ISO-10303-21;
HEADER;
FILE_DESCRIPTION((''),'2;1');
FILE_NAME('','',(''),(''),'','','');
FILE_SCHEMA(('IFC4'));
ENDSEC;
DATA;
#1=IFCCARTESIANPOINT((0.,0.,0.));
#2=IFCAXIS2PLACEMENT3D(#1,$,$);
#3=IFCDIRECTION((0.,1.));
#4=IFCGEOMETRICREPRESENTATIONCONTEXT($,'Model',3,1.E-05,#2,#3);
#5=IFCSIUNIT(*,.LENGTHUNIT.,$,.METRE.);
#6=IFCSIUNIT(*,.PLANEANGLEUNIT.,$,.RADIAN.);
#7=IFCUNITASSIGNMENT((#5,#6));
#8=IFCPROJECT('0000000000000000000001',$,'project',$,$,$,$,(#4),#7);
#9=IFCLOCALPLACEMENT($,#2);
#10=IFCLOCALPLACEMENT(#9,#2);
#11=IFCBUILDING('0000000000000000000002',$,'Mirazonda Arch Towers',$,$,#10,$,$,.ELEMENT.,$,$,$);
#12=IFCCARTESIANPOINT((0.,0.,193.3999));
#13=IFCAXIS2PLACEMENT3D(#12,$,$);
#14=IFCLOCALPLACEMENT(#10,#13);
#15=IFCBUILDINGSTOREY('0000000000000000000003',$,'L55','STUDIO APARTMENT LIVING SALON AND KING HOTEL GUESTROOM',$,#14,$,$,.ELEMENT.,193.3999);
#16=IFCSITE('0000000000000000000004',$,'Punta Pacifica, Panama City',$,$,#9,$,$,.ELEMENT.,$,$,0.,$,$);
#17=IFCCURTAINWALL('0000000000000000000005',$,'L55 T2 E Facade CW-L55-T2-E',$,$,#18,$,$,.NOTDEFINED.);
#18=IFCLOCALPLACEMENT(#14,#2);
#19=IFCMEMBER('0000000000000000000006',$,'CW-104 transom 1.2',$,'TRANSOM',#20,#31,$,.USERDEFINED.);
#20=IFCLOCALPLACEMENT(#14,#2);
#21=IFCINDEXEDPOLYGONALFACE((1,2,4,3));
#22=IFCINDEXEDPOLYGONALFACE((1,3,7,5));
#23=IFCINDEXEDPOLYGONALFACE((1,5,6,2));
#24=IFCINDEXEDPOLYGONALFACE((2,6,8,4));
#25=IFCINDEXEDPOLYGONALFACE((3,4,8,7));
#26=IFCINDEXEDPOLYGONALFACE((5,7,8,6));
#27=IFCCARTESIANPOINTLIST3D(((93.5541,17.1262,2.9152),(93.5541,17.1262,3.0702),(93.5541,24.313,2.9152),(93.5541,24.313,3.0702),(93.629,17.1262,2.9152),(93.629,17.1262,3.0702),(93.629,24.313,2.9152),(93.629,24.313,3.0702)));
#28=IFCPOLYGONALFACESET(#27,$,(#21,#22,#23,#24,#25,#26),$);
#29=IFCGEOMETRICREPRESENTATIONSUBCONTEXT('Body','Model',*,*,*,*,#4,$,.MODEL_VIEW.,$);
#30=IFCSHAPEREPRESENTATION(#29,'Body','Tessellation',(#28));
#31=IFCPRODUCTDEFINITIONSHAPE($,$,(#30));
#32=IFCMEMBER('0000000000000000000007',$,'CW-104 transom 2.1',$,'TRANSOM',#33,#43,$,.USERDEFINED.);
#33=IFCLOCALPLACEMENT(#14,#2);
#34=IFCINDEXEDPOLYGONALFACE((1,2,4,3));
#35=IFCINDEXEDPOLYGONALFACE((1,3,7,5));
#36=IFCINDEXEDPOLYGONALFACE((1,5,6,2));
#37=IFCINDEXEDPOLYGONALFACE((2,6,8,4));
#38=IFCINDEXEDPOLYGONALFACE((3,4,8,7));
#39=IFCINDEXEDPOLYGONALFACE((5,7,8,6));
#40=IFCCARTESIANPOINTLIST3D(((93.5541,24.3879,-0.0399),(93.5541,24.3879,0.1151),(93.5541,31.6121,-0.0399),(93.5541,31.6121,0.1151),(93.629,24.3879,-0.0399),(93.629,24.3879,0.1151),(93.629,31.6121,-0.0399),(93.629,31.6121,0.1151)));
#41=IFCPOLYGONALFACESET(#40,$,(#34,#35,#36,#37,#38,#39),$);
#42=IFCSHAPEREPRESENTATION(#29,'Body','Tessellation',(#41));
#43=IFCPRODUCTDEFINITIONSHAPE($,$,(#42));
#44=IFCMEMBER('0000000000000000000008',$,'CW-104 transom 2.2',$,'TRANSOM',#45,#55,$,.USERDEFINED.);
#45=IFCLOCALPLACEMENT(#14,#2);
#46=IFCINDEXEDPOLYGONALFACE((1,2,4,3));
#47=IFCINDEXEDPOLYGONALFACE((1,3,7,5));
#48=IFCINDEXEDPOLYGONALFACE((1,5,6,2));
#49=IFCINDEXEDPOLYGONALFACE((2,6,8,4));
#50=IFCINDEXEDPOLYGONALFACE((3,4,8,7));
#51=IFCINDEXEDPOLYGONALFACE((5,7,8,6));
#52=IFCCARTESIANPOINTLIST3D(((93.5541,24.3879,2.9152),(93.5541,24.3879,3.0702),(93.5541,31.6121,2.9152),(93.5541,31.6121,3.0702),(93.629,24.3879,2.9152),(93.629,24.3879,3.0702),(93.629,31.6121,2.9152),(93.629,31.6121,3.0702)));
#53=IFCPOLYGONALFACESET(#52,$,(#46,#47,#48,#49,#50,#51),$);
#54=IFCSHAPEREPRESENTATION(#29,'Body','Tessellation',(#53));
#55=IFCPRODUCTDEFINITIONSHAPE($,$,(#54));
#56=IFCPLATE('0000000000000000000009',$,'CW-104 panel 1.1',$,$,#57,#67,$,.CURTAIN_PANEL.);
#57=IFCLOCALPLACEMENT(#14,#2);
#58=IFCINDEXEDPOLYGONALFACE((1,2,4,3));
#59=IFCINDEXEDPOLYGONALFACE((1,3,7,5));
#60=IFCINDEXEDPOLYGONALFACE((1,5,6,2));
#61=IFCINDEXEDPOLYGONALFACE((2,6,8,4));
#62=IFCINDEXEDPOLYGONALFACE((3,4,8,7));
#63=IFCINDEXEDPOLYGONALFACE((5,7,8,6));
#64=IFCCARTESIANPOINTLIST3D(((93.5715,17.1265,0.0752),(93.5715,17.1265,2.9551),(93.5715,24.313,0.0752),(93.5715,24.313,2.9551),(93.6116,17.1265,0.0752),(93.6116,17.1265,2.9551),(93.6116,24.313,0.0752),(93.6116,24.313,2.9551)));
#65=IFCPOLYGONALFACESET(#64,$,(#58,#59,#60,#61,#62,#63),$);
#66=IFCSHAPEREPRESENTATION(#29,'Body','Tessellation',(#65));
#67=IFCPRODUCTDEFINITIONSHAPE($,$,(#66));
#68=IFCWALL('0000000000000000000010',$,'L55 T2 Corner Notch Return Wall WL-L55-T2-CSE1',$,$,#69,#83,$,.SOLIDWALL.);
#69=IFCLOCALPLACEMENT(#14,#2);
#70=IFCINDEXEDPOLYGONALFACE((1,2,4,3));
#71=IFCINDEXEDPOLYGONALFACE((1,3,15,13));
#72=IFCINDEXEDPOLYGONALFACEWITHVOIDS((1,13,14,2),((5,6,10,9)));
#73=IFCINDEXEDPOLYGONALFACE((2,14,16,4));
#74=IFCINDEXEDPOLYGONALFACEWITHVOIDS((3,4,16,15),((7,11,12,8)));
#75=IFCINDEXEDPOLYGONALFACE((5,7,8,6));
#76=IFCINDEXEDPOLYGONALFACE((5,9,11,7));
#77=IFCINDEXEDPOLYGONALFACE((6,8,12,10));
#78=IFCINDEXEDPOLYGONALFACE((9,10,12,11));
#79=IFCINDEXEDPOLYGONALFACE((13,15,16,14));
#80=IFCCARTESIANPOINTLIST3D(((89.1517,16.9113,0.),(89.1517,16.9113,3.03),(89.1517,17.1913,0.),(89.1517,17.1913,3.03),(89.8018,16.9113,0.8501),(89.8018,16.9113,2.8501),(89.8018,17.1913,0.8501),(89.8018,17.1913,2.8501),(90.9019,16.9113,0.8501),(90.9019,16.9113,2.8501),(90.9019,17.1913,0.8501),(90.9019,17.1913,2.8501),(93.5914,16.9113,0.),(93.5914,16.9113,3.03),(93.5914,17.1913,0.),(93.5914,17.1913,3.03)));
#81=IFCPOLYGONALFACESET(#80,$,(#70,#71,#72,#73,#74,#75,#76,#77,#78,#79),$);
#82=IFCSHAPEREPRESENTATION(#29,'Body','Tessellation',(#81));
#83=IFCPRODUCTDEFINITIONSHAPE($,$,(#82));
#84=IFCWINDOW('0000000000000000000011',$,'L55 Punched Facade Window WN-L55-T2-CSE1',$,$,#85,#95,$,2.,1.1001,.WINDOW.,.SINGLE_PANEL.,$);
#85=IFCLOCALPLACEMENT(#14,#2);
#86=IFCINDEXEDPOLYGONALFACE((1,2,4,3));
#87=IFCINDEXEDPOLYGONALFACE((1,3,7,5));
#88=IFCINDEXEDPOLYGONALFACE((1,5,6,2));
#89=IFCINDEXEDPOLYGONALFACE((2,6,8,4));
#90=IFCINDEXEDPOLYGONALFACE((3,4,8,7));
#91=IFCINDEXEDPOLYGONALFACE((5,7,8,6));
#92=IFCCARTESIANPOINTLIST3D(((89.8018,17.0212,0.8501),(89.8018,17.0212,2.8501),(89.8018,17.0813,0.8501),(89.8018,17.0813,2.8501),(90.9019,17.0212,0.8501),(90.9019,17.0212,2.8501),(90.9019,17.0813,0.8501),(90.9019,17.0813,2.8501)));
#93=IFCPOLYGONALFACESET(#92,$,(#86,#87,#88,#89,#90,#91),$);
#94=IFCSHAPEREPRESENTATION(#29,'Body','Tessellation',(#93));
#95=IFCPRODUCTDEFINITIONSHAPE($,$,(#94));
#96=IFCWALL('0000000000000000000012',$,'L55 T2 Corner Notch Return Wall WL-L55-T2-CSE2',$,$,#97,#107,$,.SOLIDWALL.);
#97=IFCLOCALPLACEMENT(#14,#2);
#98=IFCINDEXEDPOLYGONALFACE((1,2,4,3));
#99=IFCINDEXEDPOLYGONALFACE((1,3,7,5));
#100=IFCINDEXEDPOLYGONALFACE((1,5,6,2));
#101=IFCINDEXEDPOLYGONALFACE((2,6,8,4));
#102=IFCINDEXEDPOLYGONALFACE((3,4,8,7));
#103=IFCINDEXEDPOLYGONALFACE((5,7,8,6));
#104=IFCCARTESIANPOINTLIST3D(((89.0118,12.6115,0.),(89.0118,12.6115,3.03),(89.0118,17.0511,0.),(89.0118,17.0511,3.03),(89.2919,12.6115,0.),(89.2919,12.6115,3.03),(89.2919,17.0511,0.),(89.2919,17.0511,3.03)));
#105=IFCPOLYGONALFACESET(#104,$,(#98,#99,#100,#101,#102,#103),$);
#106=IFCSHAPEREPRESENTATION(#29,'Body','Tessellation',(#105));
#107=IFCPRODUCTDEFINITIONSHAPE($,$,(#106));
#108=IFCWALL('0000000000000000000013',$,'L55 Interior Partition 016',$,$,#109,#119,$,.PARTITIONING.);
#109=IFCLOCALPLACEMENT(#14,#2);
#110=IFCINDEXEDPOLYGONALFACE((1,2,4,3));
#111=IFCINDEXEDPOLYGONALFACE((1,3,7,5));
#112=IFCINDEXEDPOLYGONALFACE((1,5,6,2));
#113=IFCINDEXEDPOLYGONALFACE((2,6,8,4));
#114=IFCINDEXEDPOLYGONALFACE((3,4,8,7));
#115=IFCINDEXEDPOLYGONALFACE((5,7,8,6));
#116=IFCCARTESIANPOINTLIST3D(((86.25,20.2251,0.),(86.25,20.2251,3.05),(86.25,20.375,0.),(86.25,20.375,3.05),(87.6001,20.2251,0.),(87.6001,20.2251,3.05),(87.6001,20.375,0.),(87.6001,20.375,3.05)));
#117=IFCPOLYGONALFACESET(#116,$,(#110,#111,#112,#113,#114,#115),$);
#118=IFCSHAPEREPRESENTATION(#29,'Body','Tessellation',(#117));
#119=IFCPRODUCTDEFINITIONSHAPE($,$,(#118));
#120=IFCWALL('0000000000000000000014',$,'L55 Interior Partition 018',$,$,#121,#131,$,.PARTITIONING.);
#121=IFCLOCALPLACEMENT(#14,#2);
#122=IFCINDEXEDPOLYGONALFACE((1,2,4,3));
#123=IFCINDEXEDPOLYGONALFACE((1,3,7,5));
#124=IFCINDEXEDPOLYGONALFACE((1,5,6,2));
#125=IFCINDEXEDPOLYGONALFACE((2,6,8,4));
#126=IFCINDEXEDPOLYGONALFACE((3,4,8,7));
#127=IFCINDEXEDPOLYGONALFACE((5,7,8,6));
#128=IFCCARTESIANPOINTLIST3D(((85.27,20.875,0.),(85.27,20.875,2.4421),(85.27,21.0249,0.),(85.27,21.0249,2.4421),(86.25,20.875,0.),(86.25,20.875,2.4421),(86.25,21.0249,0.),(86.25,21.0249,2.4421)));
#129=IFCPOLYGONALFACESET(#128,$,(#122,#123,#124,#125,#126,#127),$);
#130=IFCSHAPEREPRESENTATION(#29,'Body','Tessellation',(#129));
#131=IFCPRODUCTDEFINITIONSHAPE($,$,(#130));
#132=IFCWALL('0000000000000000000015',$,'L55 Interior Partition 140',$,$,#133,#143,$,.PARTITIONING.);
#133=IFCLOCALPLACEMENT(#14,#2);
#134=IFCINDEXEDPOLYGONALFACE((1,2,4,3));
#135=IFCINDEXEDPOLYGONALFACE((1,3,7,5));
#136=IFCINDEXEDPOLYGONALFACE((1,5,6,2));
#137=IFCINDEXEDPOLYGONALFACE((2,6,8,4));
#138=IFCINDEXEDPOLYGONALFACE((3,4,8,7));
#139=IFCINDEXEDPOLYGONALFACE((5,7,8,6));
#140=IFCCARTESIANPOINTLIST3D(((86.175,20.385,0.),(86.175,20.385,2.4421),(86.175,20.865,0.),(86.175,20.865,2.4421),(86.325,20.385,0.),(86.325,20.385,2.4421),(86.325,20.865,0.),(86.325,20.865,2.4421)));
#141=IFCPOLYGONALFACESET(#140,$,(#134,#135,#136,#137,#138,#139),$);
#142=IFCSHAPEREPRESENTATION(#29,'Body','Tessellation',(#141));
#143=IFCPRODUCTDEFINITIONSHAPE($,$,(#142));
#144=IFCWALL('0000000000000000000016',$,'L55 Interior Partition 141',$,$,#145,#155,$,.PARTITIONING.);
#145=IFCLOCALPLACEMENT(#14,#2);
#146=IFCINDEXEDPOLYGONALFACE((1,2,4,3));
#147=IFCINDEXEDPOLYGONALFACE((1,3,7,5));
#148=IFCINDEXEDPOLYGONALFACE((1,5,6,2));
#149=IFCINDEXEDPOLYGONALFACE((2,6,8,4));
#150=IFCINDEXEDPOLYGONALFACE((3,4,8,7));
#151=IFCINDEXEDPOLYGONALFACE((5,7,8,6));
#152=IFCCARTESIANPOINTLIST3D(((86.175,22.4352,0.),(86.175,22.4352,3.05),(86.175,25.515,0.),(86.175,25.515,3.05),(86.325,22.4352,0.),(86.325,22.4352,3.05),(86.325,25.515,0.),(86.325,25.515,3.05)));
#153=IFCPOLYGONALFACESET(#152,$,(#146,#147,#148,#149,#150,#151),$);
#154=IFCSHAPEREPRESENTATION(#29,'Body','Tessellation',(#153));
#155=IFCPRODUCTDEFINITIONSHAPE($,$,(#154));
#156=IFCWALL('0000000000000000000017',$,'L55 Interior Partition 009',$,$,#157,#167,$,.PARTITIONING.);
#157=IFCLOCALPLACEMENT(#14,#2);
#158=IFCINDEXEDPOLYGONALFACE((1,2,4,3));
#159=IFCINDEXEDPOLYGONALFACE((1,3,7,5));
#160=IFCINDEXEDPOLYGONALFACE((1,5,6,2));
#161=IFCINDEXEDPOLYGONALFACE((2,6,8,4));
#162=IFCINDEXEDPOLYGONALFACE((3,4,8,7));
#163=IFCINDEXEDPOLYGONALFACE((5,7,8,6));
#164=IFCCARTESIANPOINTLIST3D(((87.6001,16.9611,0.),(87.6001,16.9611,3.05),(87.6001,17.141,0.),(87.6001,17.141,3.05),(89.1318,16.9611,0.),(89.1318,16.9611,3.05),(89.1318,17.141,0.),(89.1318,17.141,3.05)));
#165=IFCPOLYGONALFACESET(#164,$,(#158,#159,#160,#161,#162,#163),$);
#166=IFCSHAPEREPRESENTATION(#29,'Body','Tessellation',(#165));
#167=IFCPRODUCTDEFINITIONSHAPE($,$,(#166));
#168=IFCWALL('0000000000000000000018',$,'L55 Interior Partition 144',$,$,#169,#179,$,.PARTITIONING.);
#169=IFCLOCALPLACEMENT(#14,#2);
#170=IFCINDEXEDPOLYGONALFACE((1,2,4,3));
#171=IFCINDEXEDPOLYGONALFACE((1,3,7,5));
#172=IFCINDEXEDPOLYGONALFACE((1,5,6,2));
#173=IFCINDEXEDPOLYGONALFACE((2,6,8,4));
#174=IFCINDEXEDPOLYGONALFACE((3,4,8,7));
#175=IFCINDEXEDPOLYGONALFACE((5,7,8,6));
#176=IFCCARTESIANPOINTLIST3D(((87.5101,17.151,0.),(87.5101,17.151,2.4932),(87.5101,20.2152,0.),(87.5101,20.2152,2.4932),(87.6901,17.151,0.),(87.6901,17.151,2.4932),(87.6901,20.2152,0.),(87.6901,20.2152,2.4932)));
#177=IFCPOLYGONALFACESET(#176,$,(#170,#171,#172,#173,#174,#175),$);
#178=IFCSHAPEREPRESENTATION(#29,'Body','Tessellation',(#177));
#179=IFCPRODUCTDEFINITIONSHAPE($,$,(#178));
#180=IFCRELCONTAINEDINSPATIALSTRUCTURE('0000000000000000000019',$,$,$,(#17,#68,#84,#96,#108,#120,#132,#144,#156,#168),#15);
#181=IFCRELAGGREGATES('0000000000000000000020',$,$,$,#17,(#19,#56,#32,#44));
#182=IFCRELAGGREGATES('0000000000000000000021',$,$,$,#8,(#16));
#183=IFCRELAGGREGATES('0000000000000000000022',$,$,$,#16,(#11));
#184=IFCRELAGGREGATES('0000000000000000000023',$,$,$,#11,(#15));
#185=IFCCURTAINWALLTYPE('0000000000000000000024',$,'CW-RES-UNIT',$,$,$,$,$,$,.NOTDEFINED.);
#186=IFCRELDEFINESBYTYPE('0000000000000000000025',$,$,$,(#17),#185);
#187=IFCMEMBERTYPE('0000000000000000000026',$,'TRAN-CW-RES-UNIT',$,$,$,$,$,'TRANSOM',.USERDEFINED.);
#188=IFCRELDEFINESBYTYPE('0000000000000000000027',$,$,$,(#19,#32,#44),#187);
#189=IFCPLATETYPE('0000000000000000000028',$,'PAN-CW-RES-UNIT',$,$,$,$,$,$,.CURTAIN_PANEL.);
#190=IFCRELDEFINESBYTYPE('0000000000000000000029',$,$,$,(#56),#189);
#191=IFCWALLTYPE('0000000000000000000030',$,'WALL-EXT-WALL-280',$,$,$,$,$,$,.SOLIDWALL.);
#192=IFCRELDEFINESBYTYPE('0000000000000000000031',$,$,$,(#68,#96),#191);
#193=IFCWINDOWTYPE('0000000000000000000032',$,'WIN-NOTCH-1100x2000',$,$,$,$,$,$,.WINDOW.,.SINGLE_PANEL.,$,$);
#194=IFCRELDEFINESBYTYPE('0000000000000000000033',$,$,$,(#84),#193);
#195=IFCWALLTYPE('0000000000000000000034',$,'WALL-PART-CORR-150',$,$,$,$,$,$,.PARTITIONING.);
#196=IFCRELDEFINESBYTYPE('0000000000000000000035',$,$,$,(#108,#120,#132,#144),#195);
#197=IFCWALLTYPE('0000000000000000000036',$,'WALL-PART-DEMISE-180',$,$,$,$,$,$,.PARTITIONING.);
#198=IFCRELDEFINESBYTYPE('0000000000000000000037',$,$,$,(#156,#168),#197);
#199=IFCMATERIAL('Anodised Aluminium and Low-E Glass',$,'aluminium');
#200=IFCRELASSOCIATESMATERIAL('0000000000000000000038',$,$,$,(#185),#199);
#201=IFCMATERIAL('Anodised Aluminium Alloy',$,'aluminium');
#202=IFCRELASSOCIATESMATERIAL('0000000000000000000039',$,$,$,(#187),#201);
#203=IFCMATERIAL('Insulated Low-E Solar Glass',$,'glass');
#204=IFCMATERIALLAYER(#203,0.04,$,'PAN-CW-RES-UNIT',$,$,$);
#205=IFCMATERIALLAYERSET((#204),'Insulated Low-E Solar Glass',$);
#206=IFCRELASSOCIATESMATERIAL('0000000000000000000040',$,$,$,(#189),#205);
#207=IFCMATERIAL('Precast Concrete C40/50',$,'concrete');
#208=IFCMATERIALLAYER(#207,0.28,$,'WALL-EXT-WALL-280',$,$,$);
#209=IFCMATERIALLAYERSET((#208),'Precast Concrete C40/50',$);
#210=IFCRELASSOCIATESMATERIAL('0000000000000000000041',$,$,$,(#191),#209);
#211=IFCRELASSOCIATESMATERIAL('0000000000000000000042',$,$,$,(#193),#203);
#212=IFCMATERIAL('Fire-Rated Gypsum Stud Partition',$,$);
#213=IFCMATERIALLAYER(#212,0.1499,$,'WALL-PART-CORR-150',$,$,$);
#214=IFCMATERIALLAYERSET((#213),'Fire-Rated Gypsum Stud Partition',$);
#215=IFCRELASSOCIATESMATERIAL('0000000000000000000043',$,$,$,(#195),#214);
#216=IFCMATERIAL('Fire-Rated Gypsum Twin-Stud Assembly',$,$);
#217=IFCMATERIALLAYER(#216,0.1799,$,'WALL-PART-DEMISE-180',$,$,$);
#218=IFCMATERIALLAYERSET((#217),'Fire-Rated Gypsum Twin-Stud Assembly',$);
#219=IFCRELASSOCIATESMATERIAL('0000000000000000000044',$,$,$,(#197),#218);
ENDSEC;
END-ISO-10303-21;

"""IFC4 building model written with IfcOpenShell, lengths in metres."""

from ifc_helpers import new_model, si_unit, direction, frame, frame_2d, origin, origin_2d, place, context, subcontext, project, spatial, rectangle, extrude, material, layer, layer_set, material_profile, profile_set, type_object, element, fill, aggregate, save


model = new_model("IFC4")

# Units and contexts
model_context = context("Model", 3, precision=1e-05, world=origin(), true_north=direction((0.0, 1.0)))
body_context = subcontext(model_context, "Body", "Model", "MODEL_VIEW")
ifc_project = project(units=[si_unit("LENGTHUNIT", "METRE"), si_unit("PLANEANGLEUNIT", "RADIAN")], contexts=[model_context])

# Site, building, storey
site_placement = place(None, origin())
site = spatial("IfcSite", under=ifc_project, at=site_placement, Name="Punta Pacifica, Panama City", CompositionType="ELEMENT", RefElevation=0.0)
building_placement = place(site_placement, origin())
building = spatial("IfcBuilding", under=site, at=building_placement, Name="Mirazonda Arch Towers", CompositionType="ELEMENT")
storey_placement = place(building_placement, frame((0.0, 0.0, 193.3999)))
storey = spatial("IfcBuildingStorey", under=building, at=storey_placement, Name="L55", Description="STUDIO APARTMENT LIVING SALON AND KING HOTEL GUESTROOM", CompositionType="ELEMENT", Elevation=193.3999)

# Shared definitions
ifc_material_1 = material(Name="Anodised Aluminium and Low-E Glass", Category="aluminium")
curtain_wall_type = type_object("IfcCurtainWallType", Name="CW-RES-UNIT", PredefinedType="NOTDEFINED", material=ifc_material_1)
ifc_material_2 = material(Name="Anodised Aluminium Alloy", Category="aluminium")

# Curtain wall
curtain_wall_1_placement = place(storey_placement, origin())
curtain_wall_1 = element("IfcCurtainWall", 1, at=curtain_wall_1_placement, inside=storey, type_object=curtain_wall_type, Name="L55 T2 E Facade CW-L55-T2-E", PredefinedType="NOTDEFINED")

# Members
ifc_material_profile_1 = material_profile(ifc_material_2, rectangle(XDim=0.075, YDim=0.155, at=origin_2d()), Name="ALU-TRAN-75x155")
ifc_profile_set_1 = profile_set([ifc_material_profile_1], Name="Anodised Aluminium Alloy")
member_type_1 = type_object("IfcMemberType", Name="TRAN-CW-RES-UNIT", ElementType="TRANSOM", PredefinedType="USERDEFINED", material=ifc_profile_set_1)
member_1_placement = place(storey_placement, frame((93.5916, 17.1262, 2.9927), z_axis=(0.0, 1.0, 0.0), x_axis=(-1.0, 0.0, 0.0)))
member_1 = element("IfcMember", 2, at=member_1_placement, type_object=member_type_1, Name="CW-104 transom 1.2", ObjectType="TRANSOM", PredefinedType="USERDEFINED", context=body_context, shape_type="SweptSolid", body=[
    extrude(rectangle(XDim=0.075, YDim=0.155, at=origin_2d()), origin(), (0.0, 0.0, 1.0), 7.1868),
])
member_2_placement = place(storey_placement, frame((93.5916, 24.3879, 0.0376), z_axis=(0.0, 1.0, 0.0), x_axis=(-1.0, 0.0, 0.0)))
member_2 = element("IfcMember", 3, at=member_2_placement, type_object=member_type_1, Name="CW-104 transom 2.1", ObjectType="TRANSOM", PredefinedType="USERDEFINED", context=body_context, shape_type="SweptSolid", body=[
    extrude(rectangle(XDim=0.075, YDim=0.155, at=origin_2d()), origin(), (0.0, 0.0, 1.0), 7.2241),
])
member_3_placement = place(storey_placement, frame((93.5916, 24.3879, 2.9927), z_axis=(0.0, 1.0, 0.0), x_axis=(-1.0, 0.0, 0.0)))
member_3 = element("IfcMember", 4, at=member_3_placement, type_object=member_type_1, Name="CW-104 transom 2.2", ObjectType="TRANSOM", PredefinedType="USERDEFINED", context=body_context, shape_type="SweptSolid", body=[
    extrude(rectangle(XDim=0.075, YDim=0.155, at=origin_2d()), origin(), (0.0, 0.0, 1.0), 7.2241),
])

# Plate
ifc_material_3 = material(Name="Insulated Low-E Solar Glass", Category="glass")
ifc_layer_1 = layer(ifc_material_3, 0.04, Name="PAN-CW-RES-UNIT")
ifc_layer_set_1 = layer_set([ifc_layer_1], Name="Insulated Low-E Solar Glass")
plate_type = type_object("IfcPlateType", Name="PAN-CW-RES-UNIT", PredefinedType="CURTAIN_PANEL", material=ifc_layer_set_1)
plate_placement = place(storey_placement, frame((93.5916, 20.7197, 0.0752), z_axis=(0.0, 0.0, 1.0), x_axis=(0.0, 1.0, 0.0)))
plate = element("IfcPlate", 5, at=plate_placement, type_object=plate_type, Name="CW-104 panel 1.1", PredefinedType="CURTAIN_PANEL", context=body_context, shape_type="SweptSolid", body=[
    extrude(rectangle(XDim=7.1865, YDim=0.04, at=origin_2d()), origin(), (0.0, 0.0, 1.0), 2.8799),
])
aggregate(curtain_wall_1, [member_1, plate, member_2, member_3])

# Wall, opening, window
ifc_material_4 = material(Name="Precast Concrete C40/50", Category="concrete")
ifc_layer_2 = layer(ifc_material_4, 0.28, Name="WALL-EXT-WALL-280")
ifc_layer_set_2 = layer_set([ifc_layer_2], Name="Precast Concrete C40/50")
wall_type_1 = type_object("IfcWallType", Name="WALL-EXT-WALL-280", PredefinedType="SOLIDWALL", material=ifc_layer_set_2)
wall_1_placement = place(storey_placement, frame((89.1519, 17.0513, 0.0), z_axis=(0.0, 0.0, 1.0), x_axis=(1.0, 0.0, 0.0)))
wall_1 = element("IfcWall", 6, at=wall_1_placement, inside=storey, type_object=wall_type_1, Name="L55 T2 Corner Notch Return Wall WL-L55-T2-CSE1", PredefinedType="SOLIDWALL", context=body_context, shape_type="SweptSolid", body=[
    extrude(rectangle(XDim=4.4397, YDim=0.28, at=frame_2d((2.2197, 0.0))), origin(), (0.0, 0.0, 1.0), 3.03),
])
opening_1_placement = place(wall_1_placement, frame((0.6499, 0.0, 0.8501)))
opening_1 = element("IfcOpeningElement", 7, at=opening_1_placement, cuts=wall_1, PredefinedType="OPENING", context=body_context, shape_type="SweptSolid", body=[
    extrude(rectangle(XDim=1.1001, YDim=2.0, at=frame_2d((0.55, 1.0))), frame((0.0, 0.1499, 0.0), z_axis=(0.0, -1.0, 0.0), x_axis=(1.0, 0.0, 0.0)), (0.0, 0.0, 1.0), 0.3),
])
window_type = type_object("IfcWindowType", Name="WIN-NOTCH-1100x2000", PartitioningType="SINGLE_PANEL", PredefinedType="WINDOW", material=ifc_material_3)
window_placement = place(opening_1_placement, origin())
window = element("IfcWindow", 8, at=window_placement, inside=storey, type_object=window_type, Name="L55 Punched Facade Window WN-L55-T2-CSE1", OverallHeight=2.0, OverallWidth=1.1001, PartitioningType="SINGLE_PANEL", PredefinedType="WINDOW", context=body_context, shape_type="SweptSolid", body=[
    extrude(rectangle(XDim=1.1001, YDim=2.0, at=frame_2d((0.55, 1.0))), frame((0.0, 0.03, 0.0), z_axis=(0.0, -1.0, 0.0), x_axis=(1.0, 0.0, 0.0)), (0.0, 0.0, 1.0), 0.0601),
])
fill(opening_1, window)

# Walls
wall_2_placement = place(storey_placement, frame((89.1519, 12.6116, 0.0), z_axis=(0.0, 0.0, 1.0), x_axis=(0.0, 1.0, 0.0)))
element("IfcWall", 9, at=wall_2_placement, inside=storey, type_object=wall_type_1, Name="L55 T2 Corner Notch Return Wall WL-L55-T2-CSE2", PredefinedType="SOLIDWALL", context=body_context, shape_type="SweptSolid", body=[
    extrude(rectangle(XDim=4.4397, YDim=0.28, at=frame_2d((2.2197, 0.0))), origin(), (0.0, 0.0, 1.0), 3.03),
])
ifc_material_5 = material(Name="Fire-Rated Gypsum Stud Partition")
ifc_layer_3 = layer(ifc_material_5, 0.1499, Name="WALL-PART-CORR-150")
ifc_layer_set_3 = layer_set([ifc_layer_3], Name="Fire-Rated Gypsum Stud Partition")
wall_type_2 = type_object("IfcWallType", Name="WALL-PART-CORR-150", PredefinedType="PARTITIONING", material=ifc_layer_set_3)
wall_3_placement = place(storey_placement, frame((86.25, 20.3, 0.0), z_axis=(0.0, 0.0, 1.0), x_axis=(1.0, 0.0, 0.0)))
element("IfcWall", 10, at=wall_3_placement, inside=storey, type_object=wall_type_2, Name="L55 Interior Partition 016", PredefinedType="PARTITIONING", context=body_context, shape_type="SweptSolid", body=[
    extrude(rectangle(XDim=1.3501, YDim=0.1499, at=frame_2d((0.675, 0.0))), origin(), (0.0, 0.0, 1.0), 3.05),
])
wall_4_placement = place(storey_placement, frame((85.27, 20.95, 0.0), z_axis=(0.0, 0.0, 1.0), x_axis=(1.0, 0.0, 0.0)))
element("IfcWall", 11, at=wall_4_placement, inside=storey, type_object=wall_type_2, Name="L55 Interior Partition 018", PredefinedType="PARTITIONING", context=body_context, shape_type="SweptSolid", body=[
    extrude(rectangle(XDim=0.98, YDim=0.1499, at=frame_2d((0.49, 0.0))), origin(), (0.0, 0.0, 1.0), 2.4421),
])
wall_5_placement = place(storey_placement, frame((86.25, 20.385, 0.0), z_axis=(0.0, 0.0, 1.0), x_axis=(0.0, 1.0, 0.0)))
element("IfcWall", 12, at=wall_5_placement, inside=storey, type_object=wall_type_2, Name="L55 Interior Partition 140", PredefinedType="PARTITIONING", context=body_context, shape_type="SweptSolid", body=[
    extrude(rectangle(XDim=0.48, YDim=0.1499, at=frame_2d((0.24, 0.0))), origin(), (0.0, 0.0, 1.0), 2.4421),
])
wall_6_placement = place(storey_placement, frame((86.25, 22.4351, 0.0), z_axis=(0.0, 0.0, 1.0), x_axis=(0.0, 1.0, 0.0)))
element("IfcWall", 13, at=wall_6_placement, inside=storey, type_object=wall_type_2, Name="L55 Interior Partition 141", PredefinedType="PARTITIONING", context=body_context, shape_type="SweptSolid", body=[
    extrude(rectangle(XDim=3.0798, YDim=0.1499, at=frame_2d((1.54, 0.0))), origin(), (0.0, 0.0, 1.0), 3.05),
])
ifc_material_6 = material(Name="Fire-Rated Gypsum Twin-Stud Assembly")
ifc_layer_4 = layer(ifc_material_6, 0.1799, Name="WALL-PART-DEMISE-180")
ifc_layer_set_4 = layer_set([ifc_layer_4], Name="Fire-Rated Gypsum Twin-Stud Assembly")
wall_type_3 = type_object("IfcWallType", Name="WALL-PART-DEMISE-180", PredefinedType="PARTITIONING", material=ifc_layer_set_4)
wall_7_placement = place(storey_placement, frame((87.6001, 17.051, 0.0), z_axis=(0.0, 0.0, 1.0), x_axis=(1.0, 0.0, 0.0)))
element("IfcWall", 14, at=wall_7_placement, inside=storey, type_object=wall_type_3, Name="L55 Interior Partition 009", PredefinedType="PARTITIONING", context=body_context, shape_type="SweptSolid", body=[
    extrude(rectangle(XDim=1.5317, YDim=0.1799, at=frame_2d((0.7659, 0.0))), origin(), (0.0, 0.0, 1.0), 3.05),
])

# Wall
wall_8_placement = place(storey_placement, frame((87.6001, 17.1509, 0.0), z_axis=(0.0, 0.0, 1.0), x_axis=(0.0, 1.0, 0.0)))
element("IfcWall", 15, at=wall_8_placement, inside=storey, type_object=wall_type_3, Name="L55 Interior Partition 144", PredefinedType="PARTITIONING", context=body_context, shape_type="SweptSolid", body=[
    extrude(rectangle(XDim=3.0642, YDim=0.1799, at=frame_2d((1.5322, 0.0))), origin(), (0.0, 0.0, 1.0), 2.4932),
])

save(model, "model.ifc")
